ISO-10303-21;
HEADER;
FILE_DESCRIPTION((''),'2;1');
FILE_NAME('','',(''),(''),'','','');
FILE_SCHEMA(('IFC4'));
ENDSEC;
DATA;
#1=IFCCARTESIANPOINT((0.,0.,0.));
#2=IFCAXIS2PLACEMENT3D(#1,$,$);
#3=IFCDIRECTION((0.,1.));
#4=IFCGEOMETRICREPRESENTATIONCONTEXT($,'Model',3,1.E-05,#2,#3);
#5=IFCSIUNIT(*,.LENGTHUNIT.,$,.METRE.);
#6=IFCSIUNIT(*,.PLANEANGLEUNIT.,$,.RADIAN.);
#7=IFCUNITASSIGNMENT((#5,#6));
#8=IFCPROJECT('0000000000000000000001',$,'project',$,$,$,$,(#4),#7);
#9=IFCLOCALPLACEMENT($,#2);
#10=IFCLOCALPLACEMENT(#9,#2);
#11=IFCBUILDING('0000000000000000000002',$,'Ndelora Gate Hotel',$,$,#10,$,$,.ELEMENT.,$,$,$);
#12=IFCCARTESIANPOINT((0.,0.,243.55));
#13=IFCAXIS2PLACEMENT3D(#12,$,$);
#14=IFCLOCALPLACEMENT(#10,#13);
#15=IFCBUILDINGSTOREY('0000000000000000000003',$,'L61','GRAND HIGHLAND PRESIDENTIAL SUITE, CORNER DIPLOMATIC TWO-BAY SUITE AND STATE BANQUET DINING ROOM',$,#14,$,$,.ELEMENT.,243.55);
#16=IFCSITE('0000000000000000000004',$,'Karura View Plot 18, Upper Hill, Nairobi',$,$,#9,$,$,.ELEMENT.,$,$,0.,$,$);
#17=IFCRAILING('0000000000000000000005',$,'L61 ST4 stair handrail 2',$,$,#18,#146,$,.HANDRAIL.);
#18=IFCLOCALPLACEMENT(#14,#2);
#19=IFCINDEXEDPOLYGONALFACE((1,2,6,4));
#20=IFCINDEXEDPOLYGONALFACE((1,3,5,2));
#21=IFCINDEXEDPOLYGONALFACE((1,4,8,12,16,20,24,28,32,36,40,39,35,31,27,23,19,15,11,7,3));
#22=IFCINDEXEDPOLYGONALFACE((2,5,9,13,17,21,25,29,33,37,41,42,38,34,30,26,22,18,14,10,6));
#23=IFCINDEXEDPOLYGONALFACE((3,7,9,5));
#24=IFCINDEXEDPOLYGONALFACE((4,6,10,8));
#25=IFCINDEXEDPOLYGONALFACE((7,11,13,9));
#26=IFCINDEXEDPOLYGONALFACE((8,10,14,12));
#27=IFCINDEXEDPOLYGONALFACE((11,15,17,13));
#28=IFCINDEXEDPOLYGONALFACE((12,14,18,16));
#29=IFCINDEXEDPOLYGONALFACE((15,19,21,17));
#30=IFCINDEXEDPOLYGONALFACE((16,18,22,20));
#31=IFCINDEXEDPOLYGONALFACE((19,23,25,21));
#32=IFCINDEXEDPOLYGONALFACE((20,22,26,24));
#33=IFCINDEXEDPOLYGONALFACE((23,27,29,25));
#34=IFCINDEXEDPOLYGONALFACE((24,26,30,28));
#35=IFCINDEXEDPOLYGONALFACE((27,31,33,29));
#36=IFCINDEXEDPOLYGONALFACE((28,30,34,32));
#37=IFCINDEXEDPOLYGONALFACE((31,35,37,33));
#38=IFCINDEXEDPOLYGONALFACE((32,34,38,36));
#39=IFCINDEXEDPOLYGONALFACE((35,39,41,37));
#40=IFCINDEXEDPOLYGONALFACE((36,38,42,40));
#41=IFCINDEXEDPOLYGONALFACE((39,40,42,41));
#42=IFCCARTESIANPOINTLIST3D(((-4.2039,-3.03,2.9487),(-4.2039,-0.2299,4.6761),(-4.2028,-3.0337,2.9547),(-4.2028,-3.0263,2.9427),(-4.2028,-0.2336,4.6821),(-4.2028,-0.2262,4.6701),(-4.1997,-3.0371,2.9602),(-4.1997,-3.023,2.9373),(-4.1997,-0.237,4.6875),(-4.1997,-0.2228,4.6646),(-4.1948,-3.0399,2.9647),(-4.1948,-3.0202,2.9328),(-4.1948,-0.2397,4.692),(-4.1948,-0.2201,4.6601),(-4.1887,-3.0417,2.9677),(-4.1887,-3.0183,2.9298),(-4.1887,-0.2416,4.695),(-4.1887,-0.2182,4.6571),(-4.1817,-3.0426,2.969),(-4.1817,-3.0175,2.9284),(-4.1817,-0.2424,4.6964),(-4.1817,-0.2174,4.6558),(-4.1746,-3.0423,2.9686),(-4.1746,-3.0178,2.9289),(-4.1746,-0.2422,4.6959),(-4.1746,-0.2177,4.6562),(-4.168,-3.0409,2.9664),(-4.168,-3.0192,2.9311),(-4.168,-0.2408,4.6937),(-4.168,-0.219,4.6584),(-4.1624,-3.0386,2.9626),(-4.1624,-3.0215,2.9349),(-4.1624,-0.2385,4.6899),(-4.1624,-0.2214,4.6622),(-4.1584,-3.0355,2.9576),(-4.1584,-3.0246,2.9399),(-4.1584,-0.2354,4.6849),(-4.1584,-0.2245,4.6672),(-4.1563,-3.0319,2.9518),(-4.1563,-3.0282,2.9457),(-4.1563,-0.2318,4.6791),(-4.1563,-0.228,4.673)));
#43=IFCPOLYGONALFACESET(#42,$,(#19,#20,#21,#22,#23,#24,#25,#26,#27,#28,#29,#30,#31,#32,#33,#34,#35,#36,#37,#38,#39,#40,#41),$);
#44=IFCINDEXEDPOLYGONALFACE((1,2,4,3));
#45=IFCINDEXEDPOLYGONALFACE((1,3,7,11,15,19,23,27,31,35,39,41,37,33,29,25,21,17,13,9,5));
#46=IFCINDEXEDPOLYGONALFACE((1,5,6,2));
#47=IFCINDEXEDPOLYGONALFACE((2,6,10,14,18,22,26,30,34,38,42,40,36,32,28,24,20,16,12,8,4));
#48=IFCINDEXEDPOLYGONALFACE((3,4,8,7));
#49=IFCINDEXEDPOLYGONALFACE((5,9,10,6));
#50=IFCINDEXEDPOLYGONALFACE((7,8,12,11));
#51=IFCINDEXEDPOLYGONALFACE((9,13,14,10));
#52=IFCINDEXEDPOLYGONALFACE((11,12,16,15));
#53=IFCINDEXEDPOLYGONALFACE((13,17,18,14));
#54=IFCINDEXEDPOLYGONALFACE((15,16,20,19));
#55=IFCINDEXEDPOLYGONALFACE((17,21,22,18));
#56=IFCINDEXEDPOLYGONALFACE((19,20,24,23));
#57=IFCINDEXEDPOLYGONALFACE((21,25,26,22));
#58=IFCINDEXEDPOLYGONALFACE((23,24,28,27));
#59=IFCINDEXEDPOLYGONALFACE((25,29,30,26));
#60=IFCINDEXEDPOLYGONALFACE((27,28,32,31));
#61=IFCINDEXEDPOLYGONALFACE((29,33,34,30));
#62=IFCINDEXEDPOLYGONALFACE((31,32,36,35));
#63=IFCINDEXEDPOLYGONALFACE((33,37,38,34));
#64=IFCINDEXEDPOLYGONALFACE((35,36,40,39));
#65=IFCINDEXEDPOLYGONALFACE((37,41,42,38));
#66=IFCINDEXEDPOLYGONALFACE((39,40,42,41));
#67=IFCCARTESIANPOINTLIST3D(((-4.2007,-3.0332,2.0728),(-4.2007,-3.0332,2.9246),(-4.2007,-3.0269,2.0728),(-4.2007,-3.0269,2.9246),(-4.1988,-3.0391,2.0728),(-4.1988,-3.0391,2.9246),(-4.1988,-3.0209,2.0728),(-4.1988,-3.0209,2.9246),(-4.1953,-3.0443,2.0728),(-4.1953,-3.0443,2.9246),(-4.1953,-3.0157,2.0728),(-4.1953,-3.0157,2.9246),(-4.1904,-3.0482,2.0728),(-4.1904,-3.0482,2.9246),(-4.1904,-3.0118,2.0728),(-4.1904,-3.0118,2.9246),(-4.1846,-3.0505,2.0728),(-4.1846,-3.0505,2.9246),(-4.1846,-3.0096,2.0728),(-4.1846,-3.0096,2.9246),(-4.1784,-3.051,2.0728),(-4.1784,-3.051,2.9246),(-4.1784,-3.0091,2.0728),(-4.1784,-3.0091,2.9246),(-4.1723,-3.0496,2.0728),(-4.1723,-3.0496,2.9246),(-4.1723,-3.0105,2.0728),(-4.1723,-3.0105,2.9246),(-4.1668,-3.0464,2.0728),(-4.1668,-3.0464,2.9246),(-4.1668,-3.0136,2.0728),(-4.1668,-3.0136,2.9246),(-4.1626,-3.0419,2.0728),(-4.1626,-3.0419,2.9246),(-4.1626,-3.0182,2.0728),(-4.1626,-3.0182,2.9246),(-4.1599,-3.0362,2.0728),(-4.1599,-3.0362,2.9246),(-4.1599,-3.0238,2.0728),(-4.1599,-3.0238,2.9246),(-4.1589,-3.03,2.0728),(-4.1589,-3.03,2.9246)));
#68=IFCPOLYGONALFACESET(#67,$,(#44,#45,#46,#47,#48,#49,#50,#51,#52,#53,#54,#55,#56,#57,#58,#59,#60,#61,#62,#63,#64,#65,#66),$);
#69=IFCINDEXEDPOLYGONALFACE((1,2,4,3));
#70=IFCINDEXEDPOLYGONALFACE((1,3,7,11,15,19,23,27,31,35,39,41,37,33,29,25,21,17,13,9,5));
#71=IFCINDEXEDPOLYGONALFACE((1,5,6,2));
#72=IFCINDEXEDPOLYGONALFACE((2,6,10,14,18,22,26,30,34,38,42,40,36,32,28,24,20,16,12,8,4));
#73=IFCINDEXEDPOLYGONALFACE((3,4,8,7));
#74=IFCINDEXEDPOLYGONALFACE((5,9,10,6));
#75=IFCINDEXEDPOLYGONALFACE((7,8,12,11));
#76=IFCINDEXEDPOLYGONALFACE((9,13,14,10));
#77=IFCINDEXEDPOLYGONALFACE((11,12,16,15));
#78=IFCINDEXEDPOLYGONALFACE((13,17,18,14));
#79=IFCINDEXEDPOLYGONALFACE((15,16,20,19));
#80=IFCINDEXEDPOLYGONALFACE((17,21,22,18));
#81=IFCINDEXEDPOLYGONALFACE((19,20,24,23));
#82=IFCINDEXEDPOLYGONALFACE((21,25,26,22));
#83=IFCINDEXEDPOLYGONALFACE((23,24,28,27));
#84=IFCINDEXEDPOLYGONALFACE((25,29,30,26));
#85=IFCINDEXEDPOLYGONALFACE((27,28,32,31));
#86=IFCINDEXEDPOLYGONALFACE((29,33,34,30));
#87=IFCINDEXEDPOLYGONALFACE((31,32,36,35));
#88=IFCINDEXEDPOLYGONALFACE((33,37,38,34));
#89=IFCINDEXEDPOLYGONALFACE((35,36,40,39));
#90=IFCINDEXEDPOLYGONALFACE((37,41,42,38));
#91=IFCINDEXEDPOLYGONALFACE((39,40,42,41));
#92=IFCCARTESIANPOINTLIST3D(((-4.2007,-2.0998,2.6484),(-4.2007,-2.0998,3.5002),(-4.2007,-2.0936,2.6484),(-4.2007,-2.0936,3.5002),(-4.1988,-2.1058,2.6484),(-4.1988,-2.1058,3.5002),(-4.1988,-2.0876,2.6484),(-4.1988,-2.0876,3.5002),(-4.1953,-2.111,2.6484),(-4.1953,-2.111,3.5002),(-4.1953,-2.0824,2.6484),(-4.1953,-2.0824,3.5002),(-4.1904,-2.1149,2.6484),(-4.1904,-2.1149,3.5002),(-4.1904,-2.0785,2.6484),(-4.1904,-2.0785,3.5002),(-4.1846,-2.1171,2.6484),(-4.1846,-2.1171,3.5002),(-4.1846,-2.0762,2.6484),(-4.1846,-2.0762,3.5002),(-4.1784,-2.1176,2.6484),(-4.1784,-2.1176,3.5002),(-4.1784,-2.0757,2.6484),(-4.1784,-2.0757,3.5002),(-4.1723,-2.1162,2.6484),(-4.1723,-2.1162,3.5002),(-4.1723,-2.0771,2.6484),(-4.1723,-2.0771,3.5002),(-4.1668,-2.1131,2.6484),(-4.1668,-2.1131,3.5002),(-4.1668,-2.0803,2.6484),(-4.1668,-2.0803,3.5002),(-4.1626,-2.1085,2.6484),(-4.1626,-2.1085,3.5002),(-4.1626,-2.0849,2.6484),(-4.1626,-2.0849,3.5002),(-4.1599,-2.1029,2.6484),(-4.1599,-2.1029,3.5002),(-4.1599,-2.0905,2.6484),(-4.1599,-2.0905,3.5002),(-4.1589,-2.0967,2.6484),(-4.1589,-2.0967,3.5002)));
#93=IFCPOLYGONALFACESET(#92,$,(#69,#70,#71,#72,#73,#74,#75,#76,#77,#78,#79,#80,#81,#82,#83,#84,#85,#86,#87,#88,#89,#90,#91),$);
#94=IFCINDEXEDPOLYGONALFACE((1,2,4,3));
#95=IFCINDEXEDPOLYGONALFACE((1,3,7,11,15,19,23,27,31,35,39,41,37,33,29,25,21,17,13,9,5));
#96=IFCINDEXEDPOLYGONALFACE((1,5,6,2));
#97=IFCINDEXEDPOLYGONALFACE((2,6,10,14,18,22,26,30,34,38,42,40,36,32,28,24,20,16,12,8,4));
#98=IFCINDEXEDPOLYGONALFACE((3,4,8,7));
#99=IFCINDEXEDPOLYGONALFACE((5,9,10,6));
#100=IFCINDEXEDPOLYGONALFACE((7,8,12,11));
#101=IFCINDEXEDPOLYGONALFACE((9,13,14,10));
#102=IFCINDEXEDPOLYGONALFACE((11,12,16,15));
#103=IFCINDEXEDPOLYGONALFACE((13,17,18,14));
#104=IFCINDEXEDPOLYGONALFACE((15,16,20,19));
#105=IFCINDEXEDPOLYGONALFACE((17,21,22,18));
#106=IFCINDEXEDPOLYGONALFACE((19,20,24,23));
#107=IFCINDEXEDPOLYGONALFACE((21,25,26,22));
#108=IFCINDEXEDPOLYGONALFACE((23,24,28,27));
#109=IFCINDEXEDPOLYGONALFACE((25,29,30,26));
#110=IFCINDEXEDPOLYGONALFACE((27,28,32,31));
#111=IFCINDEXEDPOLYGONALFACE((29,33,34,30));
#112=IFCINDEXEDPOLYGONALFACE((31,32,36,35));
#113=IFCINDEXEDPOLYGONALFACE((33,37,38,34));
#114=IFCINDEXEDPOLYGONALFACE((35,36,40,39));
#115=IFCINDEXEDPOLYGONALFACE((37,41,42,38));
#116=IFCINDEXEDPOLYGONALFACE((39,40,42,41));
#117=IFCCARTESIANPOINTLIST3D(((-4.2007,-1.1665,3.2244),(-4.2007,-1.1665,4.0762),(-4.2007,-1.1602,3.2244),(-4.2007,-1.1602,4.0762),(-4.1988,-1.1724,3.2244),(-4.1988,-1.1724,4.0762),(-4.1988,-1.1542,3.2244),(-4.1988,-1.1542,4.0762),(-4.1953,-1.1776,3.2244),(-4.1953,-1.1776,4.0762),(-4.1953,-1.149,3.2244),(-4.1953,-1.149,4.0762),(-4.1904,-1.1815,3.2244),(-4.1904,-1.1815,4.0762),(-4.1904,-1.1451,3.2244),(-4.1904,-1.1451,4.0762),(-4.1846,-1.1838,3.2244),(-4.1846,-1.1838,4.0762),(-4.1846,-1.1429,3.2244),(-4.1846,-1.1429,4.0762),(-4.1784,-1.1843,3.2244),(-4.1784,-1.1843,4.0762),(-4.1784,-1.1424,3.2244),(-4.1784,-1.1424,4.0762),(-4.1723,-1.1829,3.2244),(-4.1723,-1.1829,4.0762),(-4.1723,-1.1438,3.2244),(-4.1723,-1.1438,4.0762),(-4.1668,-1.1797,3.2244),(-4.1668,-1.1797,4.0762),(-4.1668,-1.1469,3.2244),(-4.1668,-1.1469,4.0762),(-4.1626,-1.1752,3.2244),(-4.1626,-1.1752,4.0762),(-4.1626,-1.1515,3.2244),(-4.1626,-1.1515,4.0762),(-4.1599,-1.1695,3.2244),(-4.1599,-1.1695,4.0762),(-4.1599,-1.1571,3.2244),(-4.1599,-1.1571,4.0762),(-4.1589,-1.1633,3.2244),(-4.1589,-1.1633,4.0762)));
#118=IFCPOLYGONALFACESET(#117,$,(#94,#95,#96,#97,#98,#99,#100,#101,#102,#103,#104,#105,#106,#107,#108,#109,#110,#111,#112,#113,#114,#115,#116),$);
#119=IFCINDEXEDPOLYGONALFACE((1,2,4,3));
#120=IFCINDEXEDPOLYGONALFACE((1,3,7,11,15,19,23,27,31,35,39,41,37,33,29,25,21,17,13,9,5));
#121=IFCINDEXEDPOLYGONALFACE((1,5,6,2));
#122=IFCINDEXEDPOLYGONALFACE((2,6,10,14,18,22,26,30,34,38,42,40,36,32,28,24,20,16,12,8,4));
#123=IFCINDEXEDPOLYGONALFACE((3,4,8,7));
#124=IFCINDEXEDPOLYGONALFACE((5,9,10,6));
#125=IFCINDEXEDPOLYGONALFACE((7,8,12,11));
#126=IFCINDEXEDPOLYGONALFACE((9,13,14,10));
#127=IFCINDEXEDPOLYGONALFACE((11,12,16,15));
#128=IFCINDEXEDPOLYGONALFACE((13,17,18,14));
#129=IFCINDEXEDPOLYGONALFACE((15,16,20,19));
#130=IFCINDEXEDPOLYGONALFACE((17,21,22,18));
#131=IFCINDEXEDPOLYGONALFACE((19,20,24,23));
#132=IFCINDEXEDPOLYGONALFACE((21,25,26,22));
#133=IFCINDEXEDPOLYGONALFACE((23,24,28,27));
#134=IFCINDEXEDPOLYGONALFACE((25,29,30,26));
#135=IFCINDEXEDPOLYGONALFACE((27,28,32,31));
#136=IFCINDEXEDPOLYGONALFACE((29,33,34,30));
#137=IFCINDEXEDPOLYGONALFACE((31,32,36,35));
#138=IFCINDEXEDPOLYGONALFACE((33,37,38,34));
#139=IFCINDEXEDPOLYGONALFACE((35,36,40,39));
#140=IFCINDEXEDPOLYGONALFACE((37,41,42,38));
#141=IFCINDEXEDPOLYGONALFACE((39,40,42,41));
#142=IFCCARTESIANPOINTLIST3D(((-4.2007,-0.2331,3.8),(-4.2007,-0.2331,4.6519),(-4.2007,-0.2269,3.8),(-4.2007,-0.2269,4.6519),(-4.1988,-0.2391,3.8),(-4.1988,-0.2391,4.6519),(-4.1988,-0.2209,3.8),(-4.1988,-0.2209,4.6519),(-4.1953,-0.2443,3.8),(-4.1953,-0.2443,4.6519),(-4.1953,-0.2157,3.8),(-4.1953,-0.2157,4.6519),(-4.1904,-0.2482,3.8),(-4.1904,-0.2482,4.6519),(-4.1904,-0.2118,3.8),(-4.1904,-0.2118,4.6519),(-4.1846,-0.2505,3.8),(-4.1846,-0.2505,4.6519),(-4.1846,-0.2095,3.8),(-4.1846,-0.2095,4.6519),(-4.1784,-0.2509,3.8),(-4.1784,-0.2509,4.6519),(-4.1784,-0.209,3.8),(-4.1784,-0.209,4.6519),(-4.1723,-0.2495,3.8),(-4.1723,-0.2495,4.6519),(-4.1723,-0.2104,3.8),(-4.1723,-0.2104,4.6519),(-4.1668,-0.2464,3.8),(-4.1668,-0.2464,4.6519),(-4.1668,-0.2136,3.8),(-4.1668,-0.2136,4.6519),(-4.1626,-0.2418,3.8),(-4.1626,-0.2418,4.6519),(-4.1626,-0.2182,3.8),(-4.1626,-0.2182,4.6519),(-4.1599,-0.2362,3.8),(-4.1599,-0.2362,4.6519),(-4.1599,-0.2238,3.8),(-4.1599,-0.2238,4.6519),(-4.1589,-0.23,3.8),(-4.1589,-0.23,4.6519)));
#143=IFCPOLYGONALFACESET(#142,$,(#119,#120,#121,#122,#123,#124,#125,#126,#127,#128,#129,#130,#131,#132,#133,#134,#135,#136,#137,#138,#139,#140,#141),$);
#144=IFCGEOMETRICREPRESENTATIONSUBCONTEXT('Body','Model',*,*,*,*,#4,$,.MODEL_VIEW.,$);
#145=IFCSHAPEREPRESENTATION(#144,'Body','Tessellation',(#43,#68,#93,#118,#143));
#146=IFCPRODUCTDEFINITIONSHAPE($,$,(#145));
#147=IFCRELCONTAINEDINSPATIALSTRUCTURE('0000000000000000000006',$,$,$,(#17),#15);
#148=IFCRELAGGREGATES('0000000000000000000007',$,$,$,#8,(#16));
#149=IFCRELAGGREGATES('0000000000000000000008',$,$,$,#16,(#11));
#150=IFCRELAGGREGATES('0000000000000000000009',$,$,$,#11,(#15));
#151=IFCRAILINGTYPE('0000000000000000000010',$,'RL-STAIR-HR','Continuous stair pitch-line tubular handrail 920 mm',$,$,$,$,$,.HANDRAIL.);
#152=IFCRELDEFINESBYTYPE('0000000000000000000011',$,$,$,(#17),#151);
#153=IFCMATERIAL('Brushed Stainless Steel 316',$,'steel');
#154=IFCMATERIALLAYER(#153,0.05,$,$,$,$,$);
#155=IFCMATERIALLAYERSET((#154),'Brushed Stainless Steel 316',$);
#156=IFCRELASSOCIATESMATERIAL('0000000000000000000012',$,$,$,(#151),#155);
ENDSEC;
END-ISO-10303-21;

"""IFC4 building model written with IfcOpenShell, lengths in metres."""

from ifc_helpers import new_model, si_unit, direction, frame, origin, origin_2d, place, context, subcontext, project, spatial, circle, extrude, material, layer, layer_set, type_object, element, save


model = new_model("IFC4")

# Units and contexts
model_context = context("Model", 3, precision=1e-05, world=origin(), true_north=direction((0.0, 1.0)))
body_context = subcontext(model_context, "Body", "Model", "MODEL_VIEW")
ifc_project = project(units=[si_unit("LENGTHUNIT", "METRE"), si_unit("PLANEANGLEUNIT", "RADIAN")], contexts=[model_context])

# Site, building, storey
site_placement = place(None, origin())
site = spatial("IfcSite", under=ifc_project, at=site_placement, Name="Karura View Plot 18, Upper Hill, Nairobi", CompositionType="ELEMENT", RefElevation=0.0)
building_placement = place(site_placement, origin())
building = spatial("IfcBuilding", under=site, at=building_placement, Name="Ndelora Gate Hotel", CompositionType="ELEMENT")
storey_placement = place(building_placement, frame((0.0, 0.0, 243.55)))
storey = spatial("IfcBuildingStorey", under=building, at=storey_placement, Name="L61", Description="GRAND HIGHLAND PRESIDENTIAL SUITE, CORNER DIPLOMATIC TWO-BAY SUITE AND STATE BANQUET DINING ROOM", CompositionType="ELEMENT", Elevation=243.55)

# Railing
ifc_material_1 = material(Name="Brushed Stainless Steel 316", Category="steel")
ifc_layer_1 = layer(ifc_material_1, 0.05)
ifc_layer_set_1 = layer_set([ifc_layer_1], Name="Brushed Stainless Steel 316")
railing_type_1 = type_object("IfcRailingType", Name="RL-STAIR-HR", Description="Continuous stair pitch-line tubular handrail 920 mm", PredefinedType="HANDRAIL", material=ifc_layer_set_1)
railing_1_placement = place(storey_placement, frame((-4.1799, -3.03, 2.0728)))
element("IfcRailing", 1, at=railing_1_placement, inside=storey, type_object=railing_type_1, Name="L61 ST4 stair handrail 2", PredefinedType="HANDRAIL", context=body_context, shape_type="SweptSolid", body=[
    extrude(circle(Radius=0.0239, at=origin_2d()), frame((0.0, 0.0, 0.876), z_axis=(0.0, 0.85109, 0.52502), x_axis=(-1.0, 0.0, 0.0)), (0.0, 0.0, 1.0), 3.29),
    extrude(circle(Radius=0.021, at=origin_2d()), origin(), (0.0, 0.0, 1.0), 0.8518),
    extrude(circle(Radius=0.021, at=origin_2d()), frame((0.0, 0.9333, 0.5757)), (0.0, 0.0, 1.0), 0.8518),
    extrude(circle(Radius=0.021, at=origin_2d()), frame((0.0, 1.8667, 1.1516)), (0.0, 0.0, 1.0), 0.8518),
    extrude(circle(Radius=0.021, at=origin_2d()), frame((0.0, 2.8, 1.7273)), (0.0, 0.0, 1.0), 0.8518),
])

save(model, "model.ifc")
